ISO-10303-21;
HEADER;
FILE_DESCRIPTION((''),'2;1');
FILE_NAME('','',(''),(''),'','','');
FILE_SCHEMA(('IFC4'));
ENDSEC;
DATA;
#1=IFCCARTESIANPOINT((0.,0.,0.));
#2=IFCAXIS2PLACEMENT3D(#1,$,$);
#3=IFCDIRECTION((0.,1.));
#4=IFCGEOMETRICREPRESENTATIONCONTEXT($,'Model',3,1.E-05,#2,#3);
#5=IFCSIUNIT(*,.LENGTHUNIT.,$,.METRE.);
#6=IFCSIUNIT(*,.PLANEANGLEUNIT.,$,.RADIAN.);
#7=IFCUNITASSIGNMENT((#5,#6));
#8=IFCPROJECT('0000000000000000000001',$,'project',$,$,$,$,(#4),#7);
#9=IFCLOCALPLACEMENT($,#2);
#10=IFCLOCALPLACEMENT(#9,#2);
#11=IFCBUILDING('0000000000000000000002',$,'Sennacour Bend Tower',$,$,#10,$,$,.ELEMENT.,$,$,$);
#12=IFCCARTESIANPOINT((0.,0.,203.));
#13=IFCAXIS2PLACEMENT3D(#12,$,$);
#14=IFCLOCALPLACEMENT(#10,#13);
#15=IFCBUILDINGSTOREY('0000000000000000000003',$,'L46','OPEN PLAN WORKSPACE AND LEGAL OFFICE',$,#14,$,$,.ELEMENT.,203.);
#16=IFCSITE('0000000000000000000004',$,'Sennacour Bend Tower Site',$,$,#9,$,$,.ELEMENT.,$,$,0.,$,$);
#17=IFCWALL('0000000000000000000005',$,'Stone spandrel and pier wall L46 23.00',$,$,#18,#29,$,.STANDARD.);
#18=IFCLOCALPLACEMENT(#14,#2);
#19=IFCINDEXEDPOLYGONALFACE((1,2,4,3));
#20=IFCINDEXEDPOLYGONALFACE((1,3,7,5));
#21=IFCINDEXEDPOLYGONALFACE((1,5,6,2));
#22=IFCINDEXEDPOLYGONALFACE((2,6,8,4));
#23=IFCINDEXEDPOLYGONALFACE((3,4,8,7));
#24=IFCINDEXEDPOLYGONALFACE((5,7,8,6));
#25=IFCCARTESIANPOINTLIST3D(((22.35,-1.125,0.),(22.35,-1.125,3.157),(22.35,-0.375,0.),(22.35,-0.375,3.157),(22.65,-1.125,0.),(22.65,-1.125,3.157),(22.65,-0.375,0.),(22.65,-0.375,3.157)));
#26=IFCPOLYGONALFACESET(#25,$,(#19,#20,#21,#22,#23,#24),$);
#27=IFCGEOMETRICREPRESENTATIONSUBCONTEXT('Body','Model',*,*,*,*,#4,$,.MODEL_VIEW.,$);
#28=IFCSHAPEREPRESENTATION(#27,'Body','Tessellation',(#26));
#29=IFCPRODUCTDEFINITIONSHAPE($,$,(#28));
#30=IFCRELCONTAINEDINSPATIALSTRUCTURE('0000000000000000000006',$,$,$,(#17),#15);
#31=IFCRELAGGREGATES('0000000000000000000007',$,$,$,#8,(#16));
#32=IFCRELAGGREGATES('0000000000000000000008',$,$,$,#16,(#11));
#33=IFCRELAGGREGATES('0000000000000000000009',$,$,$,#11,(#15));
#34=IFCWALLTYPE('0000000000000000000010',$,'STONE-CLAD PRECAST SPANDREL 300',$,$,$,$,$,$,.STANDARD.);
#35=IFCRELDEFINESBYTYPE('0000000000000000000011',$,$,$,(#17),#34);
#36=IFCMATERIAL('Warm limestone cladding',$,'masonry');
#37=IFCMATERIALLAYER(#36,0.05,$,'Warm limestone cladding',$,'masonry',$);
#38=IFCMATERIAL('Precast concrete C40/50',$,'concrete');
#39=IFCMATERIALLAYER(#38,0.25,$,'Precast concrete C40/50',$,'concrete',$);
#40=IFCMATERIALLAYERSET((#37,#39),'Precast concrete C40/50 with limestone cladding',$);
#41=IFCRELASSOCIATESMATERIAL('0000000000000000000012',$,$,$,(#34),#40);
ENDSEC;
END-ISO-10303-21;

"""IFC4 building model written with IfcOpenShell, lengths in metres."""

from ifc_helpers import new_model, si_unit, direction, frame, frame_2d, origin, place, context, subcontext, project, spatial, rectangle, extrude, material, layer, layer_set, type_object, element, save


model = new_model("IFC4")

# Units and contexts
model_context = context("Model", 3, precision=1e-05, world=origin(), true_north=direction((0.0, 1.0)))
body_context = subcontext(model_context, "Body", "Model", "MODEL_VIEW")
ifc_project = project(units=[si_unit("LENGTHUNIT", "METRE"), si_unit("PLANEANGLEUNIT", "RADIAN")], contexts=[model_context])

# Site, building, storey
site_placement = place(None, origin())
site = spatial("IfcSite", under=ifc_project, at=site_placement, Name="Sennacour Bend Tower Site", CompositionType="ELEMENT", RefElevation=0.0)
building_placement = place(site_placement, origin())
building = spatial("IfcBuilding", under=site, at=building_placement, Name="Sennacour Bend Tower", CompositionType="ELEMENT")
storey_placement = place(building_placement, frame((0.0, 0.0, 203.0)))
storey = spatial("IfcBuildingStorey", under=building, at=storey_placement, Name="L46", Description="OPEN PLAN WORKSPACE AND LEGAL OFFICE", CompositionType="ELEMENT", Elevation=203.0)

# Shared definitions
ifc_material_1 = material(Name="Warm limestone cladding", Category="masonry")
ifc_layer_1 = layer(ifc_material_1, 0.05, Name="Warm limestone cladding", Category="masonry")
ifc_material_2 = material(Name="Precast concrete C40/50", Category="concrete")
ifc_layer_2 = layer(ifc_material_2, 0.25, Name="Precast concrete C40/50", Category="concrete")
ifc_layer_set_1 = layer_set([ifc_layer_1, ifc_layer_2], Name="Precast concrete C40/50 with limestone cladding")
wall_type_1 = type_object("IfcWallType", Name="STONE-CLAD PRECAST SPANDREL 300", PredefinedType="STANDARD", material=ifc_layer_set_1)

# Wall
wall_1_placement = place(storey_placement, frame((22.5, -0.375, 0.0), z_axis=(0.0, 0.0, 1.0), x_axis=(0.0, -1.0, 0.0)))
element("IfcWall", 1, at=wall_1_placement, inside=storey, type_object=wall_type_1, Name="Stone spandrel and pier wall L46 23.00", PredefinedType="STANDARD", context=body_context, shape_type="SweptSolid", body=[
    extrude(rectangle(XDim=0.75, YDim=0.3, at=frame_2d((0.375, 0.0))), origin(), (0.0, 0.0, 1.0), 3.157),
])

save(model, "model.ifc")
